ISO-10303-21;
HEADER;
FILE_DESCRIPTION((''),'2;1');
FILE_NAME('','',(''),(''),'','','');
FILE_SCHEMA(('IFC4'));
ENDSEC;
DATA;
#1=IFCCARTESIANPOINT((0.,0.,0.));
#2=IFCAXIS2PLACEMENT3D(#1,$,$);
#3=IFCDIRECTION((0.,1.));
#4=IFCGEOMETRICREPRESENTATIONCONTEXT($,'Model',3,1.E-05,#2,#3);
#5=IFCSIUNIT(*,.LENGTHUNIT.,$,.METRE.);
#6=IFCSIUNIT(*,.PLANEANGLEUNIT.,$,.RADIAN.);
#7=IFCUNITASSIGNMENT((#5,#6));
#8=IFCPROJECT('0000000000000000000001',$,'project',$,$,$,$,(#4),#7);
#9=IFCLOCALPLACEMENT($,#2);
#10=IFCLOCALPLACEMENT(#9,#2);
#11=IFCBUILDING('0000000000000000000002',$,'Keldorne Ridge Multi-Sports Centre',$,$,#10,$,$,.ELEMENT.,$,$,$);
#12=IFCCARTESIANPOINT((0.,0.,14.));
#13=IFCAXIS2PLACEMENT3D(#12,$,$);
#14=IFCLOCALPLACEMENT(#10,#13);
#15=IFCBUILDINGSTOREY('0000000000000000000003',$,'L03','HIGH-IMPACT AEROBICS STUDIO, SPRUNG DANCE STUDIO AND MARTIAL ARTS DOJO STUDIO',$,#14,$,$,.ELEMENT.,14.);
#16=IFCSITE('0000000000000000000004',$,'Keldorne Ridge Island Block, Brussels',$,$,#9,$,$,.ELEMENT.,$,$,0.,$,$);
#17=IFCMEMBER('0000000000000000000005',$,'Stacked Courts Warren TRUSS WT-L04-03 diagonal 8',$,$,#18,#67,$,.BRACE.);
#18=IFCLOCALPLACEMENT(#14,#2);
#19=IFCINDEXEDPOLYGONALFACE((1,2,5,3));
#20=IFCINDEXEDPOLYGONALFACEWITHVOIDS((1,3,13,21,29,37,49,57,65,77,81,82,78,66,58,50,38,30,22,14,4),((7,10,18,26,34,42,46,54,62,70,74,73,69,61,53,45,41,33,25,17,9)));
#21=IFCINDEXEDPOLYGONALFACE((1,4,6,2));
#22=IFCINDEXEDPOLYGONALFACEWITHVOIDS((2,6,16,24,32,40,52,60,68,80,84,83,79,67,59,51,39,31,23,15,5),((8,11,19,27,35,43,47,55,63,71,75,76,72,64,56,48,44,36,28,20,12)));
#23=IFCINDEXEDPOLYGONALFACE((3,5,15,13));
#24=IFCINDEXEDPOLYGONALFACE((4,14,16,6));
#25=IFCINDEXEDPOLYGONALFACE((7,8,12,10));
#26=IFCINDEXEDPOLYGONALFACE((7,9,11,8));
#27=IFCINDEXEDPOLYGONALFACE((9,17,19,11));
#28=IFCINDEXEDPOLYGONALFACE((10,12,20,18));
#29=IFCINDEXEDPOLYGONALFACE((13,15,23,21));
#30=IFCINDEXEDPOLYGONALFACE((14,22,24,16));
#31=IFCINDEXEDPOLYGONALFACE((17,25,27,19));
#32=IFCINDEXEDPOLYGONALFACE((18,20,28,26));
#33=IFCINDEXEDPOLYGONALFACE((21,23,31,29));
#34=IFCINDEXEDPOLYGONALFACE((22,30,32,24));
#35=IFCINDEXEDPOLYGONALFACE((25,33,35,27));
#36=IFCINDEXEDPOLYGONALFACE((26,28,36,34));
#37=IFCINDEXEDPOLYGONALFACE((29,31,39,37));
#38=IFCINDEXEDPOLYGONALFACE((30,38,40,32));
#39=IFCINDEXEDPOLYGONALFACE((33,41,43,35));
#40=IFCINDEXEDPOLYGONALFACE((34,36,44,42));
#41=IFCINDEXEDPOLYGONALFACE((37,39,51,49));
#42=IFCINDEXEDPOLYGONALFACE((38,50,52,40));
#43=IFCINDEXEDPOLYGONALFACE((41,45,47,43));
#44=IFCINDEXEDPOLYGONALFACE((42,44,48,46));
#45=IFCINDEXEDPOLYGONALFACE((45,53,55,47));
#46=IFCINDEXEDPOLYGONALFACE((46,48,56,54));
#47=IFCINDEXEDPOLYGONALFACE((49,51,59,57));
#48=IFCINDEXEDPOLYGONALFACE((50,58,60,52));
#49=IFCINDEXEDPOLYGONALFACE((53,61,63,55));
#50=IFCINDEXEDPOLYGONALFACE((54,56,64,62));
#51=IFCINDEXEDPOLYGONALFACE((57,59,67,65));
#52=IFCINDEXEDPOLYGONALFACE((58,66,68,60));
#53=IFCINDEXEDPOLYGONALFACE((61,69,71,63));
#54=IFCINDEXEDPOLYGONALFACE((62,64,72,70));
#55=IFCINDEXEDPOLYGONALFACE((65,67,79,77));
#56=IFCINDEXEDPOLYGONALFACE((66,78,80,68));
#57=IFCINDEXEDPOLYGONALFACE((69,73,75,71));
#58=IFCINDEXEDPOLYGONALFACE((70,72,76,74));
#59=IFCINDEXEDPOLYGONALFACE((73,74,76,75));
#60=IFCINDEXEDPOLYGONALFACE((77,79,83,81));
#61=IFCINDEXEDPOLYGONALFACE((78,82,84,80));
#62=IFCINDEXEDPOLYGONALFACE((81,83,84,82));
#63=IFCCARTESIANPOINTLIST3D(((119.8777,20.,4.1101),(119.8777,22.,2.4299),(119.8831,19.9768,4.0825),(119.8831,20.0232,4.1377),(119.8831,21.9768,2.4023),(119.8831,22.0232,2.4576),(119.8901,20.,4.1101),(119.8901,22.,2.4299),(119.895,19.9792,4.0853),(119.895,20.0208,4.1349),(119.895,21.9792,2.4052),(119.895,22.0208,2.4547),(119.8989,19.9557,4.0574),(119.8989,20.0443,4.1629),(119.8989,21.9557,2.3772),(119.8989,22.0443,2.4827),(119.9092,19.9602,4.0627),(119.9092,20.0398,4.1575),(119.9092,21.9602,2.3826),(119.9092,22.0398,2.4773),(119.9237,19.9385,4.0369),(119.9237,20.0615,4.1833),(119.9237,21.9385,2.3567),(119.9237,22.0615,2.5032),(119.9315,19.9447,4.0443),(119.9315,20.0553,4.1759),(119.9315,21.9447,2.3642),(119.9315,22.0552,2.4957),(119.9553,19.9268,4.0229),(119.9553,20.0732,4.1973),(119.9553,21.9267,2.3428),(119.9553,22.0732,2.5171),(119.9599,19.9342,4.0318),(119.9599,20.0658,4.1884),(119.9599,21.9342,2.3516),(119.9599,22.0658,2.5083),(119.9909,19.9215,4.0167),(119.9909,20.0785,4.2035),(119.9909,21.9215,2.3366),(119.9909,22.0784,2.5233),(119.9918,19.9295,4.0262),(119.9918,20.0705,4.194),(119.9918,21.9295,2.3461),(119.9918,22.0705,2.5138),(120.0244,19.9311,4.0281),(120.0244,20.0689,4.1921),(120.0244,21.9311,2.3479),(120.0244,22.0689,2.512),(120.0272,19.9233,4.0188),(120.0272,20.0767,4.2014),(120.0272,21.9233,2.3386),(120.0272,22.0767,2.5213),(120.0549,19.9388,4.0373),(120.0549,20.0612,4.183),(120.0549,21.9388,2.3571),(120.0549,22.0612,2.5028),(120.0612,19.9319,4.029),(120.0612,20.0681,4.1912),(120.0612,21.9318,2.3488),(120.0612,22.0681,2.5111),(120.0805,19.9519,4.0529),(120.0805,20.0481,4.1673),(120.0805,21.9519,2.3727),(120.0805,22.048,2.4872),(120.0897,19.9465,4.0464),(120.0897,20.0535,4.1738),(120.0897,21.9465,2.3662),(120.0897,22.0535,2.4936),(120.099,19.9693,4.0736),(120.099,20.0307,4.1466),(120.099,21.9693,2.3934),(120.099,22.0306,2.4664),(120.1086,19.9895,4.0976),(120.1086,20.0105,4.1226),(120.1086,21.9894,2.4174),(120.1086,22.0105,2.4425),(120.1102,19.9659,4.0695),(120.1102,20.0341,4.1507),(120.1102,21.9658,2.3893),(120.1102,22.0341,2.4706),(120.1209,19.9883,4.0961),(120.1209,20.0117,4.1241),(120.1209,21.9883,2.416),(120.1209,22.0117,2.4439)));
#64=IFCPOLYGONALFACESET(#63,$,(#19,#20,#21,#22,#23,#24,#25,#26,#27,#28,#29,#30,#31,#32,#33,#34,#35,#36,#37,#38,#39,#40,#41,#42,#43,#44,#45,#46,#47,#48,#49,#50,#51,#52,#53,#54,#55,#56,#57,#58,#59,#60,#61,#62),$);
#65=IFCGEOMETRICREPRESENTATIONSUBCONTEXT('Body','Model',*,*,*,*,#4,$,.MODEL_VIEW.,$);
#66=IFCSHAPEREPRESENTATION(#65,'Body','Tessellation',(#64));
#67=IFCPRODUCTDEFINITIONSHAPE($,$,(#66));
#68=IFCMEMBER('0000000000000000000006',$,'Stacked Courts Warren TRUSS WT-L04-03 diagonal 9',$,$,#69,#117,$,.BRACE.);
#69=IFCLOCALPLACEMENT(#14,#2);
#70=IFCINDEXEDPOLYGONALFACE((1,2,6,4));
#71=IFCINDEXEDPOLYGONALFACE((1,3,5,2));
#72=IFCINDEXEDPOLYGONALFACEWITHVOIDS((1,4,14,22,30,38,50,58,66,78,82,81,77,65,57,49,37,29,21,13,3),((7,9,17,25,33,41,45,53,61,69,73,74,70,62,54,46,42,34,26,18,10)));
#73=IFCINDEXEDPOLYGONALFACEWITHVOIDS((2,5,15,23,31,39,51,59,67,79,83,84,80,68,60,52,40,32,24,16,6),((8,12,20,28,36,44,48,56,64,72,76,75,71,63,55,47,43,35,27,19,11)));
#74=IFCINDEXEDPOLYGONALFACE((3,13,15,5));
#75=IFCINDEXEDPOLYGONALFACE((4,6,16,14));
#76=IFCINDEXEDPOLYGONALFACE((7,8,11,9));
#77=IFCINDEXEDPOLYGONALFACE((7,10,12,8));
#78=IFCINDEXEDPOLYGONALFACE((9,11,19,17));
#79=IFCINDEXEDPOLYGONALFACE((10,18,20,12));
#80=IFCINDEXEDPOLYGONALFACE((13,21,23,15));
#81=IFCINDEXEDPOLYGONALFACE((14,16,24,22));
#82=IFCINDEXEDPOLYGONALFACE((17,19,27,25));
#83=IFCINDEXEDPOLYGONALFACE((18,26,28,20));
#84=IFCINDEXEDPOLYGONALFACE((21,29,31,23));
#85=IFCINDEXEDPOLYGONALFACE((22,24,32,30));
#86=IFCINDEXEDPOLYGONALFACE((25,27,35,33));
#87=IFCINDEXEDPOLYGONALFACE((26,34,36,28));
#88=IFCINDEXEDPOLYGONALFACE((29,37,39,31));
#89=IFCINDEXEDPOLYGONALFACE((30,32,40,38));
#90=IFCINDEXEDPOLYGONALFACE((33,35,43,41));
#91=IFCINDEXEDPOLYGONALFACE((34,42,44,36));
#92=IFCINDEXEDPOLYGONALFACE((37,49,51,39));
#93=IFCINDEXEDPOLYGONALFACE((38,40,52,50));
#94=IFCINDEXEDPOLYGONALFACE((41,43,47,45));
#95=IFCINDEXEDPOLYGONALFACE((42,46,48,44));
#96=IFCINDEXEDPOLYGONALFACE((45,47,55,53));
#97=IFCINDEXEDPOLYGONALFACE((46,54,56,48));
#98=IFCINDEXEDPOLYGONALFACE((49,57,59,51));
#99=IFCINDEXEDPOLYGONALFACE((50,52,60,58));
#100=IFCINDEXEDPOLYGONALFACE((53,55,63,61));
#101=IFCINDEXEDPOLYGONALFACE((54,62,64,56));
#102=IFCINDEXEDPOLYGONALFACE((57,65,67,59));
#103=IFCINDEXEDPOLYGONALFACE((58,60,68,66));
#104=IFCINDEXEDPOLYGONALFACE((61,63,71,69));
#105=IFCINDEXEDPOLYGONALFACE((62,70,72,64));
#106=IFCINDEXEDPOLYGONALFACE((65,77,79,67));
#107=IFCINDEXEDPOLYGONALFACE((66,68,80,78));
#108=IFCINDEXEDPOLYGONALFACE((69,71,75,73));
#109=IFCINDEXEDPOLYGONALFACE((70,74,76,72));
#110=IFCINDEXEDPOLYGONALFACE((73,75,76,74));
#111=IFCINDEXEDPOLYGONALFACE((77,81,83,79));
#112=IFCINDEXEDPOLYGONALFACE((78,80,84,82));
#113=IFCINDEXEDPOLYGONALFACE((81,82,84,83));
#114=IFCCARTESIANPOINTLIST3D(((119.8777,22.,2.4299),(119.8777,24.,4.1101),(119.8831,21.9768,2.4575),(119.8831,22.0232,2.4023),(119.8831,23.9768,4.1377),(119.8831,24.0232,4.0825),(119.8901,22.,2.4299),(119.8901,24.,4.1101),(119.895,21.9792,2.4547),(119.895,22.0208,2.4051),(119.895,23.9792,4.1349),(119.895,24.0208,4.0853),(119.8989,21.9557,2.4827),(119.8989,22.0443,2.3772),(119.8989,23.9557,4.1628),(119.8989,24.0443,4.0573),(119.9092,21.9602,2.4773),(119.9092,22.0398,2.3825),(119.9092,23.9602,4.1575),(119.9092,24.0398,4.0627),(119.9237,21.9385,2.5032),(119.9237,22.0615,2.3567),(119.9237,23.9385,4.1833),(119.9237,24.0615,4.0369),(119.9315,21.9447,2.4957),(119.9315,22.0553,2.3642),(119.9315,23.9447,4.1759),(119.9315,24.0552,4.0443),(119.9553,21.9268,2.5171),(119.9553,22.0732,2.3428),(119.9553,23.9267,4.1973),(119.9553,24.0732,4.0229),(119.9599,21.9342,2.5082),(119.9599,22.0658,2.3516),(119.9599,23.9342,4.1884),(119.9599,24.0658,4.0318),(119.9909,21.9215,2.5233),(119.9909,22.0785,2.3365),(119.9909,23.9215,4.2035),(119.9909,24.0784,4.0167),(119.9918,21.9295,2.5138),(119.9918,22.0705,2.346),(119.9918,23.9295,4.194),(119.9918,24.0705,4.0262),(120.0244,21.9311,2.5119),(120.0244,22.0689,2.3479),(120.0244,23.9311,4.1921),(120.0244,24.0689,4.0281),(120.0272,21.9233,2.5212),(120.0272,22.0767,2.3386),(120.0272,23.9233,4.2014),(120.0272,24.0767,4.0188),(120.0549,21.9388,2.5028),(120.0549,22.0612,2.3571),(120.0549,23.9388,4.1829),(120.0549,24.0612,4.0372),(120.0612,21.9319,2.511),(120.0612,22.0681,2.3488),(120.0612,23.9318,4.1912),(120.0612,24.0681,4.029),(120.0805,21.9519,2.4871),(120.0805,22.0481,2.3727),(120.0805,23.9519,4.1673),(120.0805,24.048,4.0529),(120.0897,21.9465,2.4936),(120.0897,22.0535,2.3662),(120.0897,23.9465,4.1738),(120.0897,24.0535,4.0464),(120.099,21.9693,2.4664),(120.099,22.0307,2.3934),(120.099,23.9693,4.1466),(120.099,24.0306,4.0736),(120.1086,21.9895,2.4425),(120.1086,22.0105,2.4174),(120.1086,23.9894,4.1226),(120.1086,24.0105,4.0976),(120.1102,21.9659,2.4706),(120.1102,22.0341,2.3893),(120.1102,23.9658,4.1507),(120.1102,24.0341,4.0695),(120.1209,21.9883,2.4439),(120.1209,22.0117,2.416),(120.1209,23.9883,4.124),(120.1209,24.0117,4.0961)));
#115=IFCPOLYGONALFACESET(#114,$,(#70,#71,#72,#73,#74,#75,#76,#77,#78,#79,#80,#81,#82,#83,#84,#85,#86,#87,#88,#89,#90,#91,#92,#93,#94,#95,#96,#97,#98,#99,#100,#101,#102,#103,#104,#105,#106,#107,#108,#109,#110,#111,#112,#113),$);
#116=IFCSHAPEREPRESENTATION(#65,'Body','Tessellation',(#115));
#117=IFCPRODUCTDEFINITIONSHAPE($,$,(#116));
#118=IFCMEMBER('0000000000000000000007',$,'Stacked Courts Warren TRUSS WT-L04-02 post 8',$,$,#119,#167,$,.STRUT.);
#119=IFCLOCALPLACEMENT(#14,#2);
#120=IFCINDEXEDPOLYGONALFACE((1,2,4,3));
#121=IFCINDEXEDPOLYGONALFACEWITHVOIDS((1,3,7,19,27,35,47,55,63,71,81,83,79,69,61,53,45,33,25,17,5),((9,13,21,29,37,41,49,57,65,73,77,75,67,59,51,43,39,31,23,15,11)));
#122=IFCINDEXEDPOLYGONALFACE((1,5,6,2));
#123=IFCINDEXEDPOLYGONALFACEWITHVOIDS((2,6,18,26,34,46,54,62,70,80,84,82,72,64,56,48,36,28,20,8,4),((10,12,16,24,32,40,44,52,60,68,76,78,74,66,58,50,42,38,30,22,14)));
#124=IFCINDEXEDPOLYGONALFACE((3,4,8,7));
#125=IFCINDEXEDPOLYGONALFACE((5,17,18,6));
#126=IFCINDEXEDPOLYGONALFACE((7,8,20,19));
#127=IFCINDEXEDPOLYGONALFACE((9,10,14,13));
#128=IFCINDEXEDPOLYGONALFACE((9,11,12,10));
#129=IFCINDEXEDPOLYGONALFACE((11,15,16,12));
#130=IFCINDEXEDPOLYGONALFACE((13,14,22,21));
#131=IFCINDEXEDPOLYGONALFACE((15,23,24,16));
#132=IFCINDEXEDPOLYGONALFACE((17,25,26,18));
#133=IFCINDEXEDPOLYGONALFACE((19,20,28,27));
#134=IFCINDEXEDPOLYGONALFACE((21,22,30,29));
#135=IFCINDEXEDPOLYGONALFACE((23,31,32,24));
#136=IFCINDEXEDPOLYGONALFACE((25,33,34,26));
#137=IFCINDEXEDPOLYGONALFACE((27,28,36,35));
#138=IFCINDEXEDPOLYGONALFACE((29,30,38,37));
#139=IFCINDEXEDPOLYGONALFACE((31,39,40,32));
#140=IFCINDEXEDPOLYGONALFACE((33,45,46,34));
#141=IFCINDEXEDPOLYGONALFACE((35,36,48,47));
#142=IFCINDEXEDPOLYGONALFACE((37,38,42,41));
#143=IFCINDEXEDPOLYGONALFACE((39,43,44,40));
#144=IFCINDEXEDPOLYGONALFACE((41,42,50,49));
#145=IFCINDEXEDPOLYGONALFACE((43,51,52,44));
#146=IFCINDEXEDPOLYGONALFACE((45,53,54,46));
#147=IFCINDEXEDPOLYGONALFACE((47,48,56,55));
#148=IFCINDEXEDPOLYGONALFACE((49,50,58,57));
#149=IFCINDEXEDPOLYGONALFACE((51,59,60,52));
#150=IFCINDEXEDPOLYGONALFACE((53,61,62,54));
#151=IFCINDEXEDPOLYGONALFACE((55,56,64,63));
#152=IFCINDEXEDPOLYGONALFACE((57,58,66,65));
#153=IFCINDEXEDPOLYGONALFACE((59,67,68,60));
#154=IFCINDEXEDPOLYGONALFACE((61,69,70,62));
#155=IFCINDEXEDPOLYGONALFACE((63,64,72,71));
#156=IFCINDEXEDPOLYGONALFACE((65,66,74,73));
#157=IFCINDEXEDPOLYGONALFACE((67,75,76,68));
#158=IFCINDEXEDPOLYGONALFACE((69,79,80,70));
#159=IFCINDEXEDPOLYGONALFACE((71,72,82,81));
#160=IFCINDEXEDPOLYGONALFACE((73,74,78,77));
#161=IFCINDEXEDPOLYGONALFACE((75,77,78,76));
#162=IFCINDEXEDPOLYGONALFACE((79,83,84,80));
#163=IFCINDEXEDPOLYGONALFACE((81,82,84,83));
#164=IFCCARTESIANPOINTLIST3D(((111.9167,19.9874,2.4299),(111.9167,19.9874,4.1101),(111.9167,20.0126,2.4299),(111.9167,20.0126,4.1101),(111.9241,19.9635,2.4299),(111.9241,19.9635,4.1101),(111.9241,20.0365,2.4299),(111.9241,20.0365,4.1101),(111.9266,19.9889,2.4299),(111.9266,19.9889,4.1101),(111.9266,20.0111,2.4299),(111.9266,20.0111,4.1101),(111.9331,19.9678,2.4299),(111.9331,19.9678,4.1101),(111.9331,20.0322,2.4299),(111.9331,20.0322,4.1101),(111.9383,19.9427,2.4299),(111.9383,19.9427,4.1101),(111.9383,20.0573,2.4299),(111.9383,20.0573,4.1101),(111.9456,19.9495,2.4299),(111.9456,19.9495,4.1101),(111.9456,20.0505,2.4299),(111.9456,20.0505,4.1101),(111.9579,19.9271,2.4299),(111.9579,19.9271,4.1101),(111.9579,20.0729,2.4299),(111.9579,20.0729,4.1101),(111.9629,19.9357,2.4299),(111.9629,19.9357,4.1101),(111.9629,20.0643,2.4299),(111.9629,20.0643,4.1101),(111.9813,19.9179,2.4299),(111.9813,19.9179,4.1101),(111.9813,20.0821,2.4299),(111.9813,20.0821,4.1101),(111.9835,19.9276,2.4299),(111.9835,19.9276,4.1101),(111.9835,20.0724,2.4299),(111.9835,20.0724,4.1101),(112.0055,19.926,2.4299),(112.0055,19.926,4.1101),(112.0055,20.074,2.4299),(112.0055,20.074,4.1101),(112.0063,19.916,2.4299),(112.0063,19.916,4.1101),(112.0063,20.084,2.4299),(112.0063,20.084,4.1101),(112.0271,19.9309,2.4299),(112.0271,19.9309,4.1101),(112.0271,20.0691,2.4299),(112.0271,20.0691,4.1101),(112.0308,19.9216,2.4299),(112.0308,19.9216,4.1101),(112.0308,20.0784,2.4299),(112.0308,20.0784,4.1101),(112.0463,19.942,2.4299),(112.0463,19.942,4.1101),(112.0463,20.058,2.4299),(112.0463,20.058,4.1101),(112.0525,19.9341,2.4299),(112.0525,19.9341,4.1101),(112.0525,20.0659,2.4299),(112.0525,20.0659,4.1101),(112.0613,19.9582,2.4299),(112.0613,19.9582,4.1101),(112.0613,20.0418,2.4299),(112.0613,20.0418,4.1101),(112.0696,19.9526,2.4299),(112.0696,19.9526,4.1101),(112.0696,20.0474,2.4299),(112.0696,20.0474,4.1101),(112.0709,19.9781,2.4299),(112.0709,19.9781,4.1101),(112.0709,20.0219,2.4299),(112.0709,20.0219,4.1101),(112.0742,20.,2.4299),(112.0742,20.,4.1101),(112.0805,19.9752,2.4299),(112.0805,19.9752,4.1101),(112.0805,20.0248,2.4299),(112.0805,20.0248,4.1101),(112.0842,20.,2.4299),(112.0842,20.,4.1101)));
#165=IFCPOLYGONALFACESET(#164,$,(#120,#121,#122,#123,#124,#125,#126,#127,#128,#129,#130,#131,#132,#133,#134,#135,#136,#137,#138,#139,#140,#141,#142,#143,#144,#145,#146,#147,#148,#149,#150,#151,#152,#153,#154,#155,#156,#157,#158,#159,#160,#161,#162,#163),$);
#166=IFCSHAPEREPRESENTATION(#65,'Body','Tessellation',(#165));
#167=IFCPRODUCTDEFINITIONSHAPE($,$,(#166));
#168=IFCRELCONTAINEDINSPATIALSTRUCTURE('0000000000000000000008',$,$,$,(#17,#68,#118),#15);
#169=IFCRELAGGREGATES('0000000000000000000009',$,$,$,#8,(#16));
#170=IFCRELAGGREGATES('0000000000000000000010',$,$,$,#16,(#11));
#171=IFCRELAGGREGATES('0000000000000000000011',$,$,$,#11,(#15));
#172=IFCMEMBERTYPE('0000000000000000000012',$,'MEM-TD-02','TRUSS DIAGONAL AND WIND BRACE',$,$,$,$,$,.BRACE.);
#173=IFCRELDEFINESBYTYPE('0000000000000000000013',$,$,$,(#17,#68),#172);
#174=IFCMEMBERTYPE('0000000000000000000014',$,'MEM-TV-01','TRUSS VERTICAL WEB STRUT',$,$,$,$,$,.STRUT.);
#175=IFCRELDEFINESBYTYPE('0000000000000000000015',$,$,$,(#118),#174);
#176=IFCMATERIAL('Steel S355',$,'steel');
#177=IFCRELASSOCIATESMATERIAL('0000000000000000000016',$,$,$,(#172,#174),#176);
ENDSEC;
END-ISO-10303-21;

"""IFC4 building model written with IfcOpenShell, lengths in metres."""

from ifc_helpers import new_model, si_unit, direction, frame, origin, origin_2d, place, context, subcontext, project, spatial, hollow_circle, extrude, material, material_profile, profile_set, type_object, element, save


model = new_model("IFC4")

# Units and contexts
model_context = context("Model", 3, precision=1e-05, world=origin(), true_north=direction((0.0, 1.0)))
body_context = subcontext(model_context, "Body", "Model", "MODEL_VIEW")
ifc_project = project(units=[si_unit("LENGTHUNIT", "METRE"), si_unit("PLANEANGLEUNIT", "RADIAN")], contexts=[model_context])

# Site, building, storey
site_placement = place(None, origin())
site = spatial("IfcSite", under=ifc_project, at=site_placement, Name="Keldorne Ridge Island Block, Brussels", CompositionType="ELEMENT", RefElevation=0.0)
building_placement = place(site_placement, origin())
building = spatial("IfcBuilding", under=site, at=building_placement, Name="Keldorne Ridge Multi-Sports Centre", CompositionType="ELEMENT")
storey_placement = place(building_placement, frame((0.0, 0.0, 14.0)))
storey = spatial("IfcBuildingStorey", under=building, at=storey_placement, Name="L03", Description="HIGH-IMPACT AEROBICS STUDIO, SPRUNG DANCE STUDIO AND MARTIAL ARTS DOJO STUDIO", CompositionType="ELEMENT", Elevation=14.0)

# Members
ifc_material = material(Name="Steel S355", Category="steel")
ifc_material_profile_1 = material_profile(ifc_material, hollow_circle(Radius=0.1223, WallThickness=0.0125, at=origin_2d()), Name="CHS 244.5x12.5")
ifc_profile_set_1 = profile_set([ifc_material_profile_1], Name="Steel S355")
member_type_1 = type_object("IfcMemberType", Name="MEM-TD-02", Description="TRUSS DIAGONAL AND WIND BRACE", PredefinedType="BRACE", material=ifc_profile_set_1)
for number, where, z_axis, x_axis, name in (
    (1, (120.0, 20.0, 4.1101), (0.0, 0.765672, -0.643232), (-1.0, 0.0, 0.0), "Stacked Courts Warren TRUSS WT-L04-03 diagonal 8"),
    (2, (120.0, 22.0, 2.4299), (0.0, 0.765672, 0.643232), (-1.0, 0.0, 0.0), "Stacked Courts Warren TRUSS WT-L04-03 diagonal 9"),
):
    element("IfcMember", number, at=place(storey_placement, frame(where, z_axis=z_axis, x_axis=x_axis)), inside=storey, type_object=member_type_1, Name=name, PredefinedType="BRACE", context=body_context, shape_type="SweptSolid", body=[
        extrude(hollow_circle(Radius=0.1223, WallThickness=0.0125, at=origin_2d()), origin(), (0.0, 0.0, 1.0), 2.6121),
    ])
ifc_material_profile_2 = material_profile(ifc_material, hollow_circle(Radius=0.0842, WallThickness=0.01, at=origin_2d()), Name="CHS 168.3x10")
ifc_profile_set_2 = profile_set([ifc_material_profile_2], Name="Steel S355")
member_type_2 = type_object("IfcMemberType", Name="MEM-TV-01", Description="TRUSS VERTICAL WEB STRUT", PredefinedType="STRUT", material=ifc_profile_set_2)
for number, where, z_axis, x_axis, name in (
    (3, (112.0, 20.0, 2.4299), (0.0, 0.0, 1.0), (1.0, 0.0, 0.0), "Stacked Courts Warren TRUSS WT-L04-02 post 8"),
):
    element("IfcMember", number, at=place(storey_placement, frame(where, z_axis=z_axis, x_axis=x_axis)), inside=storey, type_object=member_type_2, Name=name, PredefinedType="STRUT", context=body_context, shape_type="SweptSolid", body=[
        extrude(hollow_circle(Radius=0.0842, WallThickness=0.01, at=origin_2d()), origin(), (0.0, 0.0, 1.0), 1.6802),
    ])

save(model, "model.ifc")
